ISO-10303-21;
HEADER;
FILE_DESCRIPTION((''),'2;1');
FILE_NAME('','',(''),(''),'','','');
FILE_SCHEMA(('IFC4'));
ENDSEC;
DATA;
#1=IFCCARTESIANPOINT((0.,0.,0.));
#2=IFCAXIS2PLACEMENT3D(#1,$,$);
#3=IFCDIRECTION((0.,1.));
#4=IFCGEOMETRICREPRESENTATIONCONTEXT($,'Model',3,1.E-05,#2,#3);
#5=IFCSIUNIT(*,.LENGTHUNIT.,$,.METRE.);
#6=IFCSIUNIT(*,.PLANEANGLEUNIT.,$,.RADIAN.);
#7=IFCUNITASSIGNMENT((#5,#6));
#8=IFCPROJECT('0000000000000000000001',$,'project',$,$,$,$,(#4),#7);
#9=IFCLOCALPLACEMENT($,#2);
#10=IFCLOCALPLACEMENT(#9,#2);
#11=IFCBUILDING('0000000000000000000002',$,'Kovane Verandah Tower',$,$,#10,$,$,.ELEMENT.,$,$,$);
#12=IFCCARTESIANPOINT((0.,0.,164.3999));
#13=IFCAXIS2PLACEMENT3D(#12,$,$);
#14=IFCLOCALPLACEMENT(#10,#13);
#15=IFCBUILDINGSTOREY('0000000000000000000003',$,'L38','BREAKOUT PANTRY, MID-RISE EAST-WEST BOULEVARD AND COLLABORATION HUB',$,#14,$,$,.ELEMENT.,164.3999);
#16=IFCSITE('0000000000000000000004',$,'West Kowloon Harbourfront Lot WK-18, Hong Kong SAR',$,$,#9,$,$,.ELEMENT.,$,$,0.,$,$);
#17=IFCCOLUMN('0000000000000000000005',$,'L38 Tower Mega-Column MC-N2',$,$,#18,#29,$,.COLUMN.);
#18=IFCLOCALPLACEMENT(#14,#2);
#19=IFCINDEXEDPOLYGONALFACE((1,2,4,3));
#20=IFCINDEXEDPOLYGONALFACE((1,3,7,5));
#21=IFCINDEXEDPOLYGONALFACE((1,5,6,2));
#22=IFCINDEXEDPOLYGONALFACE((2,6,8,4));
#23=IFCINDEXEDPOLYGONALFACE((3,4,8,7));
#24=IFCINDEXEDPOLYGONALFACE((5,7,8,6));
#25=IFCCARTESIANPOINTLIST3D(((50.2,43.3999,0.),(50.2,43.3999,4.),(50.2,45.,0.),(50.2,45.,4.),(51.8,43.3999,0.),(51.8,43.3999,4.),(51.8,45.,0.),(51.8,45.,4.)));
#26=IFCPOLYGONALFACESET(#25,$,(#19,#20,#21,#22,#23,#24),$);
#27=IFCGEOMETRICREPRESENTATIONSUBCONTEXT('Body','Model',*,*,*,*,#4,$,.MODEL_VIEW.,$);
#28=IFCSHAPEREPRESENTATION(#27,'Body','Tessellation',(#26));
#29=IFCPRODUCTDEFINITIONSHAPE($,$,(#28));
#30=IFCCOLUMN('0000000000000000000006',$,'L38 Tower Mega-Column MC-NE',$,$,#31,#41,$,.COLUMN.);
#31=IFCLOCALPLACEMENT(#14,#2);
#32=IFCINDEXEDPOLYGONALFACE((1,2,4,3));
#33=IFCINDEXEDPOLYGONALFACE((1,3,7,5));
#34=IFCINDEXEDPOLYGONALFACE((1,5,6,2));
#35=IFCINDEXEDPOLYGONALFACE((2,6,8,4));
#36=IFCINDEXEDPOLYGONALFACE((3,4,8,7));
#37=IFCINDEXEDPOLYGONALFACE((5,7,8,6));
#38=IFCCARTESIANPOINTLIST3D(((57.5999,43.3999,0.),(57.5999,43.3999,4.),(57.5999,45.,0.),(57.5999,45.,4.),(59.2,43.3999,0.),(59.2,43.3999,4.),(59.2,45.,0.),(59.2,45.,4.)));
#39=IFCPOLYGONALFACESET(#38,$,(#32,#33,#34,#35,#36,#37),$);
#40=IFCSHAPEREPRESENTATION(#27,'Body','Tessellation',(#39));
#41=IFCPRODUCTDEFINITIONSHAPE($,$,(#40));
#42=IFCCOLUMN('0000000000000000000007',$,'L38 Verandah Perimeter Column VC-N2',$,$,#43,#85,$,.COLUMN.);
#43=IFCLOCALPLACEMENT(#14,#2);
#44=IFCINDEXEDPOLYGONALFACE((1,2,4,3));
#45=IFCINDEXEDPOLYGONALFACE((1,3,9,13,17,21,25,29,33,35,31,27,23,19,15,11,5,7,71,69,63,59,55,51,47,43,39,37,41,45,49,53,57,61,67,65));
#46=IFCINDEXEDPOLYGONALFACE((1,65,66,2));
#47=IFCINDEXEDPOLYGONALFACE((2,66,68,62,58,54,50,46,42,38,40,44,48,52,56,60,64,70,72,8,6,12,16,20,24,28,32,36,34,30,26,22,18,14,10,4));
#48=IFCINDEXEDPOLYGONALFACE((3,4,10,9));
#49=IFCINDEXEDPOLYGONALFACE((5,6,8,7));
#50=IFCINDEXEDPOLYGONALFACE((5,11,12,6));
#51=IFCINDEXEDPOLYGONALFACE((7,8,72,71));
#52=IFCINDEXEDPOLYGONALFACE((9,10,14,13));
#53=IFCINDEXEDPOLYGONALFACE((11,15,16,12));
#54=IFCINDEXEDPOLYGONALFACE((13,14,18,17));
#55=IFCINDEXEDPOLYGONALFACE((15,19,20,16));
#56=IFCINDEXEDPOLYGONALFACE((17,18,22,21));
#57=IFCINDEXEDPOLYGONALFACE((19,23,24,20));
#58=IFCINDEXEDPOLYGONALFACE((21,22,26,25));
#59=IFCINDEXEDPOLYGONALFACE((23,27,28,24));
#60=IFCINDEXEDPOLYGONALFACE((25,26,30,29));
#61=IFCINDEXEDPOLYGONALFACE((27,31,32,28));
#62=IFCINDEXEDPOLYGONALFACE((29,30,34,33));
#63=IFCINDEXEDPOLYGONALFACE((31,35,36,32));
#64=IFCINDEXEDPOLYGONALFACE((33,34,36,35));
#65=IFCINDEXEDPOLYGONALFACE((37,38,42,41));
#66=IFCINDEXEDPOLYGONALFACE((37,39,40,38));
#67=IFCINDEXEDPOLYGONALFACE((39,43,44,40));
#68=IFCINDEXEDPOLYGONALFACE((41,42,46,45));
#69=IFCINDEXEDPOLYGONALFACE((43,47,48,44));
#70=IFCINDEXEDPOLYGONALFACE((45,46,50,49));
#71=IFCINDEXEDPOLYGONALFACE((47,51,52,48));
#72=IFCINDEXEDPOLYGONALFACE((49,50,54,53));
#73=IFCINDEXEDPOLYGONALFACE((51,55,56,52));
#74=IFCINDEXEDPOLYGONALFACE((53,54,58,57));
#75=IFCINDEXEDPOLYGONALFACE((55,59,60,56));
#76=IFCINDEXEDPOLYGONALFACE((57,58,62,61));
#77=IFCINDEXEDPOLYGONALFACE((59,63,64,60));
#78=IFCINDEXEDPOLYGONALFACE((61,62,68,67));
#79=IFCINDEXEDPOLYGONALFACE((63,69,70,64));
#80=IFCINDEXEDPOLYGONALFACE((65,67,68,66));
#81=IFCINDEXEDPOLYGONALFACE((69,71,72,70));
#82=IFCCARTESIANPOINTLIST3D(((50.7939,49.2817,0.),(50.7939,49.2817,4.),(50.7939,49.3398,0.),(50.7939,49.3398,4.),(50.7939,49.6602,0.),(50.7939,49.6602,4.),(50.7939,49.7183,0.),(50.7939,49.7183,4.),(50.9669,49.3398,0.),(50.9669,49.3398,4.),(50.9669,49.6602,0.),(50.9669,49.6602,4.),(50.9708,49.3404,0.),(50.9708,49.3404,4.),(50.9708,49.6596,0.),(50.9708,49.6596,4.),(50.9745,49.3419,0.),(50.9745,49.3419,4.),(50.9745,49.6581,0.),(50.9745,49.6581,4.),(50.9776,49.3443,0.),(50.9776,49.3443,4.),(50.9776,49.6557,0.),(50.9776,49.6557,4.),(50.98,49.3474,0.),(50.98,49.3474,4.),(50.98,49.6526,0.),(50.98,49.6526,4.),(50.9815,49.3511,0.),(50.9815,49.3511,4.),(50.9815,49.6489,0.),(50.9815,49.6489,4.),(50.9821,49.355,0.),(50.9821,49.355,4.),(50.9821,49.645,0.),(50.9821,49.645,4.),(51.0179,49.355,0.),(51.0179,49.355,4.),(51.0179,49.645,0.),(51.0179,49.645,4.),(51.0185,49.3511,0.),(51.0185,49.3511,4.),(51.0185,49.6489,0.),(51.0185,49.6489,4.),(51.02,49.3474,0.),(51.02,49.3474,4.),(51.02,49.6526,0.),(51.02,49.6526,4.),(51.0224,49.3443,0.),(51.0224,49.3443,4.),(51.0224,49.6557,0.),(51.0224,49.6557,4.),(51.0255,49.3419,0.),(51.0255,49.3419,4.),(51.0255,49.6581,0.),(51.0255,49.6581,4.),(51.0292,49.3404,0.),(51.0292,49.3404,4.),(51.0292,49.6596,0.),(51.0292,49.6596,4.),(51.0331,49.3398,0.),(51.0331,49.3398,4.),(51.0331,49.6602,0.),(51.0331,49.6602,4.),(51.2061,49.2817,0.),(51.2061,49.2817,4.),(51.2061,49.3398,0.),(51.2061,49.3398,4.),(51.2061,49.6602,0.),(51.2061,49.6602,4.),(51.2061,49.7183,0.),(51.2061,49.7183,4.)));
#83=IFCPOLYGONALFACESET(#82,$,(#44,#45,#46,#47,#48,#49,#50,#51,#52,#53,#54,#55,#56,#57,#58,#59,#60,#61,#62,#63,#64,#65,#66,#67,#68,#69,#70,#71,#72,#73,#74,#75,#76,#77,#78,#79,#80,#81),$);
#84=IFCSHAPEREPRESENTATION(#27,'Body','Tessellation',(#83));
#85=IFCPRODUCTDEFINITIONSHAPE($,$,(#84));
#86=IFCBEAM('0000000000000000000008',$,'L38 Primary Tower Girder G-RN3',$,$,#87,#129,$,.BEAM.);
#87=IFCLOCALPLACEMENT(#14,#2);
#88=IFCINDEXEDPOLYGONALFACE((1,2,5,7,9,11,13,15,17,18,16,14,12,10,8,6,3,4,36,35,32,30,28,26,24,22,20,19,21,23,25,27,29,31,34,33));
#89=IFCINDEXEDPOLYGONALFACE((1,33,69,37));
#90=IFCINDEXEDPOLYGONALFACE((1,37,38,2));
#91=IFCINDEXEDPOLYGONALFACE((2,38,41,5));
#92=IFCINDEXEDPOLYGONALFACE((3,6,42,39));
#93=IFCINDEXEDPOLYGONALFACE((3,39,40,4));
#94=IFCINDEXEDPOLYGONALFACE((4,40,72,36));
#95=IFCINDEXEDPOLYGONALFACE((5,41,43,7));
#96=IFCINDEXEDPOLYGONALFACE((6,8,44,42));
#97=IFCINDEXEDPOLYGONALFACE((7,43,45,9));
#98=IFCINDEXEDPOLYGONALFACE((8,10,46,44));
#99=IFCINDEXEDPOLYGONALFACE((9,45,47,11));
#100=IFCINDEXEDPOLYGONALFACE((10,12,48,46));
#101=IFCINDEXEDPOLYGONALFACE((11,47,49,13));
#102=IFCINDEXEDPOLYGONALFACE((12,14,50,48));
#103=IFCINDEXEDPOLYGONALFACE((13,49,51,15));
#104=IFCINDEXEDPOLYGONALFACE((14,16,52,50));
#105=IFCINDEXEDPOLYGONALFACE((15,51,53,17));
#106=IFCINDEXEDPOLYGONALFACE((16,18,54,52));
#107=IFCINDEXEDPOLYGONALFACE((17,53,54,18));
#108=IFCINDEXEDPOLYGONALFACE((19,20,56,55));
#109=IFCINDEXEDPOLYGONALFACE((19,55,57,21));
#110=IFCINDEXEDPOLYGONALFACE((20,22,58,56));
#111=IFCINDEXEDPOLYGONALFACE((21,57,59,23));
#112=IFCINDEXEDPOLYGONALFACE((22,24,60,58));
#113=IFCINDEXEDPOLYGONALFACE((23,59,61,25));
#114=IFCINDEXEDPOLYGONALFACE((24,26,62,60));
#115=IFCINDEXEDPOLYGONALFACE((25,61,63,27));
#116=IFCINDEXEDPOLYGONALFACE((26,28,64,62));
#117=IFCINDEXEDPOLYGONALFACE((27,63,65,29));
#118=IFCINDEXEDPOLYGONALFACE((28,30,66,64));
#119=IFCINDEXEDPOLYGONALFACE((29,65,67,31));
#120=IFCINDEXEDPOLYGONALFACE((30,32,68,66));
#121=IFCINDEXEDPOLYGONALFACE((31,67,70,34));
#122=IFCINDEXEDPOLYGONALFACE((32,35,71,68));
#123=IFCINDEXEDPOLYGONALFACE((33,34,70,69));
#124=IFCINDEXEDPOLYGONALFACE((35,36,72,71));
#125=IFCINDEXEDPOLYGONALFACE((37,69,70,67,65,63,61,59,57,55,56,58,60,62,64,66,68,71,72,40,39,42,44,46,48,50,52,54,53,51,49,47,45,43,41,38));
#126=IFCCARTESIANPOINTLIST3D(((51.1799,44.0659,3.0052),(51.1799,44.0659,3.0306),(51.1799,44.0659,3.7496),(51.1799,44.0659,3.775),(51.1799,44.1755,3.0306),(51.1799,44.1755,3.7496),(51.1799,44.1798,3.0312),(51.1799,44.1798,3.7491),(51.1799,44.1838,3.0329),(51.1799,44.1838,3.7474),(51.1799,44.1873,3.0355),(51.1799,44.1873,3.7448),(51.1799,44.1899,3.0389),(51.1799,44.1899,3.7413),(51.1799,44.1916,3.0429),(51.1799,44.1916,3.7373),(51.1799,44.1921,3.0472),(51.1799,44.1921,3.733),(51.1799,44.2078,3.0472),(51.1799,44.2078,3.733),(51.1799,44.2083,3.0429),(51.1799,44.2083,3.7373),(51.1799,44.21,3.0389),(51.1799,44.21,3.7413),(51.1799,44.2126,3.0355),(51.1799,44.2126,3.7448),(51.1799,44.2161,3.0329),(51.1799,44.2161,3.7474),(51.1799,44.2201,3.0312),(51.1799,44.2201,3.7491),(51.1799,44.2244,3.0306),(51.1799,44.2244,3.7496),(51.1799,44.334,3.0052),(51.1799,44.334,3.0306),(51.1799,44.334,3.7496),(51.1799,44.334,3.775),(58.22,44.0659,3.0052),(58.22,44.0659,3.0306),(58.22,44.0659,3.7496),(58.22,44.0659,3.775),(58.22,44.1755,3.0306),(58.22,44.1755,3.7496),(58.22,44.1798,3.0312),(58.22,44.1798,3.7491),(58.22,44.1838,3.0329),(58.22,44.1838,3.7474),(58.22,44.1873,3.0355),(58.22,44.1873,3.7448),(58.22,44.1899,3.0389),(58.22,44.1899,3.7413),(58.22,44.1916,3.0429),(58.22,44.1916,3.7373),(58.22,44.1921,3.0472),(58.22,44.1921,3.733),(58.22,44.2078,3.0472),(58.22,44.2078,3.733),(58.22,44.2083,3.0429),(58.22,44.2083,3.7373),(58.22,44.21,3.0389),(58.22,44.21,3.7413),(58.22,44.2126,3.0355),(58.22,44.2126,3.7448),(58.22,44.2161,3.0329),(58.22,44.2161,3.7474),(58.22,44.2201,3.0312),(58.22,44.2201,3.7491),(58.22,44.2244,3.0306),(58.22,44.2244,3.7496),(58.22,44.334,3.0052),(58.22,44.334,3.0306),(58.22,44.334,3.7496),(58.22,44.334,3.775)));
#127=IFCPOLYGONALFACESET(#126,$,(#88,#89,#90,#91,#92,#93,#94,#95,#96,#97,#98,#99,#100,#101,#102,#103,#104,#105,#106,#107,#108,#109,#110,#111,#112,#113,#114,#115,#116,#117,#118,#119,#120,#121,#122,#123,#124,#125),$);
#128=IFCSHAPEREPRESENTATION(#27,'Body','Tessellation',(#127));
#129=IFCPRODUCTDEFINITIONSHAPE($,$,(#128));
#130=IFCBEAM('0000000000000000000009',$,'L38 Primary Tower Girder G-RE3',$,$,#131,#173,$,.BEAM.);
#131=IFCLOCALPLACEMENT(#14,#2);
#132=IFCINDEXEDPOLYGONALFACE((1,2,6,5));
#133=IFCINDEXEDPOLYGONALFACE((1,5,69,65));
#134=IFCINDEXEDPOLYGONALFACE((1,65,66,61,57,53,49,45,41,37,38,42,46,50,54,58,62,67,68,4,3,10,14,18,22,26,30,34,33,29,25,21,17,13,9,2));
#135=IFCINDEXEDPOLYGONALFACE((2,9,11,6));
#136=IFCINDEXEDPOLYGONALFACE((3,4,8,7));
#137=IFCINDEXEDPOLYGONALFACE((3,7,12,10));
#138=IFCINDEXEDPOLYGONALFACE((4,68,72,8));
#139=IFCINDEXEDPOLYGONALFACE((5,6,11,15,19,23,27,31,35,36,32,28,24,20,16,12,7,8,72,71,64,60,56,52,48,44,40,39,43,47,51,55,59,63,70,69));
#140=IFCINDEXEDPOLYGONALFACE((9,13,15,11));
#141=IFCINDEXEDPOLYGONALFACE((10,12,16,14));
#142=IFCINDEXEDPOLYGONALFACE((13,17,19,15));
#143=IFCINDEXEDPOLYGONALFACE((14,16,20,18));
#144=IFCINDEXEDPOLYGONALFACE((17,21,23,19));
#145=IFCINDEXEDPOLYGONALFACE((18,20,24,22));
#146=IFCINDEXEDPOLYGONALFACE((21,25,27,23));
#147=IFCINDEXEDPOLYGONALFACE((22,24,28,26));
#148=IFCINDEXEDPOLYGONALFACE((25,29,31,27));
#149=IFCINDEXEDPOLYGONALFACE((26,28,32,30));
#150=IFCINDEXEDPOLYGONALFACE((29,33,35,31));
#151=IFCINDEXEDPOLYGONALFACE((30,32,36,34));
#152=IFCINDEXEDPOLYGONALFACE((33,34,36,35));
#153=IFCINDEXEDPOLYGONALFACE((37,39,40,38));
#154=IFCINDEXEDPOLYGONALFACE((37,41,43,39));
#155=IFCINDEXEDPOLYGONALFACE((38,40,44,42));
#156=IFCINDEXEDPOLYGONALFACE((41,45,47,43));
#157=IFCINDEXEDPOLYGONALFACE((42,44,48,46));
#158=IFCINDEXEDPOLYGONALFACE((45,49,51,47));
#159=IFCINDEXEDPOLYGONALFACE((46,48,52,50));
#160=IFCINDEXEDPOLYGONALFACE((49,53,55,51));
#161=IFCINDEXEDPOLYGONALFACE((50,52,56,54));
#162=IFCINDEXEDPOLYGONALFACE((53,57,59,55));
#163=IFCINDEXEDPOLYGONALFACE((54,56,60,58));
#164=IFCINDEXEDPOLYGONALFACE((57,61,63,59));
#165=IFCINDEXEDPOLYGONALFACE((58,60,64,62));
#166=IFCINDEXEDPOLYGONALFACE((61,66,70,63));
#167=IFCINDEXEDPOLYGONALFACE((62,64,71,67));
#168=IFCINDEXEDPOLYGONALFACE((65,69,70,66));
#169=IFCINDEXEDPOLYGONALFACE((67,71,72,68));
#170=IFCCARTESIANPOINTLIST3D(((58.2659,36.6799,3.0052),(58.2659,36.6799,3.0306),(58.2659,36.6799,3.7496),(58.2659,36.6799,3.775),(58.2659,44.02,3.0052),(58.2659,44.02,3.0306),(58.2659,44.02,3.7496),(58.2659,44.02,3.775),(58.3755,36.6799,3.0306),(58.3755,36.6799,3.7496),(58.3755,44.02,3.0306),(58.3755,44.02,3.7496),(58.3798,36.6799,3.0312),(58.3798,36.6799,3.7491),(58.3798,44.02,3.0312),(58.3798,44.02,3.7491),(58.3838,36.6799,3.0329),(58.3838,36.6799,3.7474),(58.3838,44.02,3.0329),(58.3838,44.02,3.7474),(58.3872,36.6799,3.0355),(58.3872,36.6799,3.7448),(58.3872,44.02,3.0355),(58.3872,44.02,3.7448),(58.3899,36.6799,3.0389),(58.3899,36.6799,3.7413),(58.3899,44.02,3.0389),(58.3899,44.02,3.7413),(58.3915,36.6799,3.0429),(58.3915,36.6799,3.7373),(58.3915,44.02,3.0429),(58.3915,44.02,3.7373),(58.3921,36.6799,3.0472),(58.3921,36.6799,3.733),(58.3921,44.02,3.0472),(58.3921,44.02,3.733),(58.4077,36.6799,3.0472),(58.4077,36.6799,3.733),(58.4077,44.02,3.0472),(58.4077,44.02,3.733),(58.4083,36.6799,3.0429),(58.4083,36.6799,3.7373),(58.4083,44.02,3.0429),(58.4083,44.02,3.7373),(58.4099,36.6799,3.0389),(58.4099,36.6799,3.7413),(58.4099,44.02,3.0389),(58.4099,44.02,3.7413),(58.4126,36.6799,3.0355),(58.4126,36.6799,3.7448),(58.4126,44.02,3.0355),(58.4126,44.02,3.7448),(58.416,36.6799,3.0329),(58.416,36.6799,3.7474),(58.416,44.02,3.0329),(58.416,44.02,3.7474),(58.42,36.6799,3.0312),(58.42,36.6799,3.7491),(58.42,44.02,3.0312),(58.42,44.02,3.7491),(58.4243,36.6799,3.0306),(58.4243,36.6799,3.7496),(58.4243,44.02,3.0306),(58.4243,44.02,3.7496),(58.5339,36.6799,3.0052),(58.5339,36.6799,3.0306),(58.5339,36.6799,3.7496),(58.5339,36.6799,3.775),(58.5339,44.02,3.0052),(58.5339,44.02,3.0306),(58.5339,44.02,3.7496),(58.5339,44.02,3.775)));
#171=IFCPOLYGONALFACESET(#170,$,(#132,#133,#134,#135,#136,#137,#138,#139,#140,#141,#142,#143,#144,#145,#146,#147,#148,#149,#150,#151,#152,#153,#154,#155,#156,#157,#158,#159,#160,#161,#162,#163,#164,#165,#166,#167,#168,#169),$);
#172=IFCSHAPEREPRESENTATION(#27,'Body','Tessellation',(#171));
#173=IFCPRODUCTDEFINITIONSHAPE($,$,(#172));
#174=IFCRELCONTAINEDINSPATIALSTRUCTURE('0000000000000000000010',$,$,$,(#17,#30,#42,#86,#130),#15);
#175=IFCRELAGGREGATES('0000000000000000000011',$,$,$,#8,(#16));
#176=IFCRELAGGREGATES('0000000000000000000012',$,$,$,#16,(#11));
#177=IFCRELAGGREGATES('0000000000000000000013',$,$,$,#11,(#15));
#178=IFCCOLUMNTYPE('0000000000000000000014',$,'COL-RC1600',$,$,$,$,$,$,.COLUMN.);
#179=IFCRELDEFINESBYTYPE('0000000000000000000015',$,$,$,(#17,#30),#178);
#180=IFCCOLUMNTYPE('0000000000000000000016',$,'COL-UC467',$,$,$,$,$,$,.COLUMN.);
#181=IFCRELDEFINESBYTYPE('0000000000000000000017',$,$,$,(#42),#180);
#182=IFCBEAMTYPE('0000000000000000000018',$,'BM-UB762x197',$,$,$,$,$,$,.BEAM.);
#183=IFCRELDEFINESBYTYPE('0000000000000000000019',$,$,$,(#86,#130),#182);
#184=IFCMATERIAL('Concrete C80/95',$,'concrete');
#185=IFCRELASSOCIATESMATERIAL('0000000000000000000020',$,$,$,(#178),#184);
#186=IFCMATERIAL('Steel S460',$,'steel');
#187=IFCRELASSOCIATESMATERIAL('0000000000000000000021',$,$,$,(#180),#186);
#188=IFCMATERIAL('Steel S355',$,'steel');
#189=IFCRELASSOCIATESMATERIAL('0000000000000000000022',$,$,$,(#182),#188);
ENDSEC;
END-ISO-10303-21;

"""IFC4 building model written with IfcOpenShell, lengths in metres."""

from ifc_helpers import new_model, si_unit, direction, frame, origin, origin_2d, place, context, subcontext, project, spatial, rectangle, i_section, extrude, material, material_profile, profile_set, type_object, element, save


model = new_model("IFC4")

# Units and contexts
model_context = context("Model", 3, precision=1e-05, world=origin(), true_north=direction((0.0, 1.0)))
body_context = subcontext(model_context, "Body", "Model", "MODEL_VIEW")
ifc_project = project(units=[si_unit("LENGTHUNIT", "METRE"), si_unit("PLANEANGLEUNIT", "RADIAN")], contexts=[model_context])

# Site, building, storey
site_placement = place(None, origin())
site = spatial("IfcSite", under=ifc_project, at=site_placement, Name="West Kowloon Harbourfront Lot WK-18, Hong Kong SAR", CompositionType="ELEMENT", RefElevation=0.0)
building_placement = place(site_placement, origin())
building = spatial("IfcBuilding", under=site, at=building_placement, Name="Kovane Verandah Tower", CompositionType="ELEMENT")
storey_placement = place(building_placement, frame((0.0, 0.0, 164.3999)))
storey = spatial("IfcBuildingStorey", under=building, at=storey_placement, Name="L38", Description="BREAKOUT PANTRY, MID-RISE EAST-WEST BOULEVARD AND COLLABORATION HUB", CompositionType="ELEMENT", Elevation=164.3999)

# Columns
ifc_material_1 = material(Name="Concrete C80/95", Category="concrete")
ifc_material_profile_1 = material_profile(ifc_material_1, rectangle(XDim=1.6001, YDim=1.6001, at=origin_2d()), Name="RC1600x1600")
ifc_profile_set_1 = profile_set([ifc_material_profile_1], Name="Concrete C80/95")
column_type_1 = type_object("IfcColumnType", Name="COL-RC1600", PredefinedType="COLUMN", material=ifc_profile_set_1)
for number, where, z_axis, x_axis, name in (
    (1, (51.0, 44.2, 0.0), (0.0, 0.0, 1.0), (1.0, 0.0, 0.0), "L38 Tower Mega-Column MC-N2"),
    (2, (58.3999, 44.2, 0.0), (0.0, 0.0, 1.0), (1.0, 0.0, 0.0), "L38 Tower Mega-Column MC-NE"),
):
    element("IfcColumn", number, at=place(storey_placement, frame(where, z_axis=z_axis, x_axis=x_axis)), inside=storey, type_object=column_type_1, Name=name, PredefinedType="COLUMN", context=body_context, shape_type="SweptSolid", body=[
        extrude(rectangle(XDim=1.6001, YDim=1.6001, at=origin_2d()), origin(), (0.0, 0.0, 1.0), 4.0),
    ])
ifc_material_2 = material(Name="Steel S460", Category="steel")
ifc_material_profile_2 = material_profile(ifc_material_2, i_section(OverallWidth=0.4121, OverallDepth=0.4365, WebThickness=0.0359, FlangeThickness=0.0581, FilletRadius=0.0151, at=origin_2d()), Name="UC356x406x467")
ifc_profile_set_2 = profile_set([ifc_material_profile_2], Name="Steel S460")
column_type_2 = type_object("IfcColumnType", Name="COL-UC467", PredefinedType="COLUMN", material=ifc_profile_set_2)
column_placement = place(storey_placement, frame((51.0, 49.5, 0.0), z_axis=(0.0, 0.0, 1.0), x_axis=(1.0, 0.0, 0.0)))
element("IfcColumn", 3, at=column_placement, inside=storey, type_object=column_type_2, Name="L38 Verandah Perimeter Column VC-N2", PredefinedType="COLUMN", context=body_context, shape_type="SweptSolid", body=[
    extrude(i_section(OverallWidth=0.4121, OverallDepth=0.4365, WebThickness=0.0359, FlangeThickness=0.0581, FilletRadius=0.0151, at=origin_2d()), origin(), (0.0, 0.0, 1.0), 4.0),
])

# Beams
ifc_material_3 = material(Name="Steel S355", Category="steel")
ifc_material_profile_3 = material_profile(ifc_material_3, i_section(OverallWidth=0.2681, OverallDepth=0.7698, WebThickness=0.0156, FlangeThickness=0.0254, FilletRadius=0.0166, at=origin_2d()), Name="UB762x267x197")
ifc_profile_set_3 = profile_set([ifc_material_profile_3], Name="Steel S355")
beam_type_1 = type_object("IfcBeamType", Name="BM-UB762x197", PredefinedType="BEAM", material=ifc_profile_set_3)
beam_1_placement = place(storey_placement, frame((51.1799, 44.2, 3.3901), z_axis=(1.0, 0.0, 0.0), x_axis=(0.0, 1.0, 0.0)))
element("IfcBeam", 4, at=beam_1_placement, inside=storey, type_object=beam_type_1, Name="L38 Primary Tower Girder G-RN3", PredefinedType="BEAM", context=body_context, shape_type="SweptSolid", body=[
    extrude(i_section(OverallWidth=0.2681, OverallDepth=0.7698, WebThickness=0.0156, FlangeThickness=0.0254, FilletRadius=0.0166, at=origin_2d()), origin(), (0.0, 0.0, 1.0), 7.04),
])
for number, where, z_axis, x_axis, name in (
    (5, (58.3999, 36.6799, 3.3901), (0.0, 1.0, 0.0), (-1.0, 0.0, 0.0), "L38 Primary Tower Girder G-RE3"),
):
    element("IfcBeam", number, at=place(storey_placement, frame(where, z_axis=z_axis, x_axis=x_axis)), inside=storey, type_object=beam_type_1, Name=name, PredefinedType="BEAM", context=body_context, shape_type="SweptSolid", body=[
        extrude(i_section(OverallWidth=0.2681, OverallDepth=0.7698, WebThickness=0.0156, FlangeThickness=0.0254, FilletRadius=0.0166, at=origin_2d()), origin(), (0.0, 0.0, 1.0), 7.3401),
    ])

save(model, "model.ifc")
